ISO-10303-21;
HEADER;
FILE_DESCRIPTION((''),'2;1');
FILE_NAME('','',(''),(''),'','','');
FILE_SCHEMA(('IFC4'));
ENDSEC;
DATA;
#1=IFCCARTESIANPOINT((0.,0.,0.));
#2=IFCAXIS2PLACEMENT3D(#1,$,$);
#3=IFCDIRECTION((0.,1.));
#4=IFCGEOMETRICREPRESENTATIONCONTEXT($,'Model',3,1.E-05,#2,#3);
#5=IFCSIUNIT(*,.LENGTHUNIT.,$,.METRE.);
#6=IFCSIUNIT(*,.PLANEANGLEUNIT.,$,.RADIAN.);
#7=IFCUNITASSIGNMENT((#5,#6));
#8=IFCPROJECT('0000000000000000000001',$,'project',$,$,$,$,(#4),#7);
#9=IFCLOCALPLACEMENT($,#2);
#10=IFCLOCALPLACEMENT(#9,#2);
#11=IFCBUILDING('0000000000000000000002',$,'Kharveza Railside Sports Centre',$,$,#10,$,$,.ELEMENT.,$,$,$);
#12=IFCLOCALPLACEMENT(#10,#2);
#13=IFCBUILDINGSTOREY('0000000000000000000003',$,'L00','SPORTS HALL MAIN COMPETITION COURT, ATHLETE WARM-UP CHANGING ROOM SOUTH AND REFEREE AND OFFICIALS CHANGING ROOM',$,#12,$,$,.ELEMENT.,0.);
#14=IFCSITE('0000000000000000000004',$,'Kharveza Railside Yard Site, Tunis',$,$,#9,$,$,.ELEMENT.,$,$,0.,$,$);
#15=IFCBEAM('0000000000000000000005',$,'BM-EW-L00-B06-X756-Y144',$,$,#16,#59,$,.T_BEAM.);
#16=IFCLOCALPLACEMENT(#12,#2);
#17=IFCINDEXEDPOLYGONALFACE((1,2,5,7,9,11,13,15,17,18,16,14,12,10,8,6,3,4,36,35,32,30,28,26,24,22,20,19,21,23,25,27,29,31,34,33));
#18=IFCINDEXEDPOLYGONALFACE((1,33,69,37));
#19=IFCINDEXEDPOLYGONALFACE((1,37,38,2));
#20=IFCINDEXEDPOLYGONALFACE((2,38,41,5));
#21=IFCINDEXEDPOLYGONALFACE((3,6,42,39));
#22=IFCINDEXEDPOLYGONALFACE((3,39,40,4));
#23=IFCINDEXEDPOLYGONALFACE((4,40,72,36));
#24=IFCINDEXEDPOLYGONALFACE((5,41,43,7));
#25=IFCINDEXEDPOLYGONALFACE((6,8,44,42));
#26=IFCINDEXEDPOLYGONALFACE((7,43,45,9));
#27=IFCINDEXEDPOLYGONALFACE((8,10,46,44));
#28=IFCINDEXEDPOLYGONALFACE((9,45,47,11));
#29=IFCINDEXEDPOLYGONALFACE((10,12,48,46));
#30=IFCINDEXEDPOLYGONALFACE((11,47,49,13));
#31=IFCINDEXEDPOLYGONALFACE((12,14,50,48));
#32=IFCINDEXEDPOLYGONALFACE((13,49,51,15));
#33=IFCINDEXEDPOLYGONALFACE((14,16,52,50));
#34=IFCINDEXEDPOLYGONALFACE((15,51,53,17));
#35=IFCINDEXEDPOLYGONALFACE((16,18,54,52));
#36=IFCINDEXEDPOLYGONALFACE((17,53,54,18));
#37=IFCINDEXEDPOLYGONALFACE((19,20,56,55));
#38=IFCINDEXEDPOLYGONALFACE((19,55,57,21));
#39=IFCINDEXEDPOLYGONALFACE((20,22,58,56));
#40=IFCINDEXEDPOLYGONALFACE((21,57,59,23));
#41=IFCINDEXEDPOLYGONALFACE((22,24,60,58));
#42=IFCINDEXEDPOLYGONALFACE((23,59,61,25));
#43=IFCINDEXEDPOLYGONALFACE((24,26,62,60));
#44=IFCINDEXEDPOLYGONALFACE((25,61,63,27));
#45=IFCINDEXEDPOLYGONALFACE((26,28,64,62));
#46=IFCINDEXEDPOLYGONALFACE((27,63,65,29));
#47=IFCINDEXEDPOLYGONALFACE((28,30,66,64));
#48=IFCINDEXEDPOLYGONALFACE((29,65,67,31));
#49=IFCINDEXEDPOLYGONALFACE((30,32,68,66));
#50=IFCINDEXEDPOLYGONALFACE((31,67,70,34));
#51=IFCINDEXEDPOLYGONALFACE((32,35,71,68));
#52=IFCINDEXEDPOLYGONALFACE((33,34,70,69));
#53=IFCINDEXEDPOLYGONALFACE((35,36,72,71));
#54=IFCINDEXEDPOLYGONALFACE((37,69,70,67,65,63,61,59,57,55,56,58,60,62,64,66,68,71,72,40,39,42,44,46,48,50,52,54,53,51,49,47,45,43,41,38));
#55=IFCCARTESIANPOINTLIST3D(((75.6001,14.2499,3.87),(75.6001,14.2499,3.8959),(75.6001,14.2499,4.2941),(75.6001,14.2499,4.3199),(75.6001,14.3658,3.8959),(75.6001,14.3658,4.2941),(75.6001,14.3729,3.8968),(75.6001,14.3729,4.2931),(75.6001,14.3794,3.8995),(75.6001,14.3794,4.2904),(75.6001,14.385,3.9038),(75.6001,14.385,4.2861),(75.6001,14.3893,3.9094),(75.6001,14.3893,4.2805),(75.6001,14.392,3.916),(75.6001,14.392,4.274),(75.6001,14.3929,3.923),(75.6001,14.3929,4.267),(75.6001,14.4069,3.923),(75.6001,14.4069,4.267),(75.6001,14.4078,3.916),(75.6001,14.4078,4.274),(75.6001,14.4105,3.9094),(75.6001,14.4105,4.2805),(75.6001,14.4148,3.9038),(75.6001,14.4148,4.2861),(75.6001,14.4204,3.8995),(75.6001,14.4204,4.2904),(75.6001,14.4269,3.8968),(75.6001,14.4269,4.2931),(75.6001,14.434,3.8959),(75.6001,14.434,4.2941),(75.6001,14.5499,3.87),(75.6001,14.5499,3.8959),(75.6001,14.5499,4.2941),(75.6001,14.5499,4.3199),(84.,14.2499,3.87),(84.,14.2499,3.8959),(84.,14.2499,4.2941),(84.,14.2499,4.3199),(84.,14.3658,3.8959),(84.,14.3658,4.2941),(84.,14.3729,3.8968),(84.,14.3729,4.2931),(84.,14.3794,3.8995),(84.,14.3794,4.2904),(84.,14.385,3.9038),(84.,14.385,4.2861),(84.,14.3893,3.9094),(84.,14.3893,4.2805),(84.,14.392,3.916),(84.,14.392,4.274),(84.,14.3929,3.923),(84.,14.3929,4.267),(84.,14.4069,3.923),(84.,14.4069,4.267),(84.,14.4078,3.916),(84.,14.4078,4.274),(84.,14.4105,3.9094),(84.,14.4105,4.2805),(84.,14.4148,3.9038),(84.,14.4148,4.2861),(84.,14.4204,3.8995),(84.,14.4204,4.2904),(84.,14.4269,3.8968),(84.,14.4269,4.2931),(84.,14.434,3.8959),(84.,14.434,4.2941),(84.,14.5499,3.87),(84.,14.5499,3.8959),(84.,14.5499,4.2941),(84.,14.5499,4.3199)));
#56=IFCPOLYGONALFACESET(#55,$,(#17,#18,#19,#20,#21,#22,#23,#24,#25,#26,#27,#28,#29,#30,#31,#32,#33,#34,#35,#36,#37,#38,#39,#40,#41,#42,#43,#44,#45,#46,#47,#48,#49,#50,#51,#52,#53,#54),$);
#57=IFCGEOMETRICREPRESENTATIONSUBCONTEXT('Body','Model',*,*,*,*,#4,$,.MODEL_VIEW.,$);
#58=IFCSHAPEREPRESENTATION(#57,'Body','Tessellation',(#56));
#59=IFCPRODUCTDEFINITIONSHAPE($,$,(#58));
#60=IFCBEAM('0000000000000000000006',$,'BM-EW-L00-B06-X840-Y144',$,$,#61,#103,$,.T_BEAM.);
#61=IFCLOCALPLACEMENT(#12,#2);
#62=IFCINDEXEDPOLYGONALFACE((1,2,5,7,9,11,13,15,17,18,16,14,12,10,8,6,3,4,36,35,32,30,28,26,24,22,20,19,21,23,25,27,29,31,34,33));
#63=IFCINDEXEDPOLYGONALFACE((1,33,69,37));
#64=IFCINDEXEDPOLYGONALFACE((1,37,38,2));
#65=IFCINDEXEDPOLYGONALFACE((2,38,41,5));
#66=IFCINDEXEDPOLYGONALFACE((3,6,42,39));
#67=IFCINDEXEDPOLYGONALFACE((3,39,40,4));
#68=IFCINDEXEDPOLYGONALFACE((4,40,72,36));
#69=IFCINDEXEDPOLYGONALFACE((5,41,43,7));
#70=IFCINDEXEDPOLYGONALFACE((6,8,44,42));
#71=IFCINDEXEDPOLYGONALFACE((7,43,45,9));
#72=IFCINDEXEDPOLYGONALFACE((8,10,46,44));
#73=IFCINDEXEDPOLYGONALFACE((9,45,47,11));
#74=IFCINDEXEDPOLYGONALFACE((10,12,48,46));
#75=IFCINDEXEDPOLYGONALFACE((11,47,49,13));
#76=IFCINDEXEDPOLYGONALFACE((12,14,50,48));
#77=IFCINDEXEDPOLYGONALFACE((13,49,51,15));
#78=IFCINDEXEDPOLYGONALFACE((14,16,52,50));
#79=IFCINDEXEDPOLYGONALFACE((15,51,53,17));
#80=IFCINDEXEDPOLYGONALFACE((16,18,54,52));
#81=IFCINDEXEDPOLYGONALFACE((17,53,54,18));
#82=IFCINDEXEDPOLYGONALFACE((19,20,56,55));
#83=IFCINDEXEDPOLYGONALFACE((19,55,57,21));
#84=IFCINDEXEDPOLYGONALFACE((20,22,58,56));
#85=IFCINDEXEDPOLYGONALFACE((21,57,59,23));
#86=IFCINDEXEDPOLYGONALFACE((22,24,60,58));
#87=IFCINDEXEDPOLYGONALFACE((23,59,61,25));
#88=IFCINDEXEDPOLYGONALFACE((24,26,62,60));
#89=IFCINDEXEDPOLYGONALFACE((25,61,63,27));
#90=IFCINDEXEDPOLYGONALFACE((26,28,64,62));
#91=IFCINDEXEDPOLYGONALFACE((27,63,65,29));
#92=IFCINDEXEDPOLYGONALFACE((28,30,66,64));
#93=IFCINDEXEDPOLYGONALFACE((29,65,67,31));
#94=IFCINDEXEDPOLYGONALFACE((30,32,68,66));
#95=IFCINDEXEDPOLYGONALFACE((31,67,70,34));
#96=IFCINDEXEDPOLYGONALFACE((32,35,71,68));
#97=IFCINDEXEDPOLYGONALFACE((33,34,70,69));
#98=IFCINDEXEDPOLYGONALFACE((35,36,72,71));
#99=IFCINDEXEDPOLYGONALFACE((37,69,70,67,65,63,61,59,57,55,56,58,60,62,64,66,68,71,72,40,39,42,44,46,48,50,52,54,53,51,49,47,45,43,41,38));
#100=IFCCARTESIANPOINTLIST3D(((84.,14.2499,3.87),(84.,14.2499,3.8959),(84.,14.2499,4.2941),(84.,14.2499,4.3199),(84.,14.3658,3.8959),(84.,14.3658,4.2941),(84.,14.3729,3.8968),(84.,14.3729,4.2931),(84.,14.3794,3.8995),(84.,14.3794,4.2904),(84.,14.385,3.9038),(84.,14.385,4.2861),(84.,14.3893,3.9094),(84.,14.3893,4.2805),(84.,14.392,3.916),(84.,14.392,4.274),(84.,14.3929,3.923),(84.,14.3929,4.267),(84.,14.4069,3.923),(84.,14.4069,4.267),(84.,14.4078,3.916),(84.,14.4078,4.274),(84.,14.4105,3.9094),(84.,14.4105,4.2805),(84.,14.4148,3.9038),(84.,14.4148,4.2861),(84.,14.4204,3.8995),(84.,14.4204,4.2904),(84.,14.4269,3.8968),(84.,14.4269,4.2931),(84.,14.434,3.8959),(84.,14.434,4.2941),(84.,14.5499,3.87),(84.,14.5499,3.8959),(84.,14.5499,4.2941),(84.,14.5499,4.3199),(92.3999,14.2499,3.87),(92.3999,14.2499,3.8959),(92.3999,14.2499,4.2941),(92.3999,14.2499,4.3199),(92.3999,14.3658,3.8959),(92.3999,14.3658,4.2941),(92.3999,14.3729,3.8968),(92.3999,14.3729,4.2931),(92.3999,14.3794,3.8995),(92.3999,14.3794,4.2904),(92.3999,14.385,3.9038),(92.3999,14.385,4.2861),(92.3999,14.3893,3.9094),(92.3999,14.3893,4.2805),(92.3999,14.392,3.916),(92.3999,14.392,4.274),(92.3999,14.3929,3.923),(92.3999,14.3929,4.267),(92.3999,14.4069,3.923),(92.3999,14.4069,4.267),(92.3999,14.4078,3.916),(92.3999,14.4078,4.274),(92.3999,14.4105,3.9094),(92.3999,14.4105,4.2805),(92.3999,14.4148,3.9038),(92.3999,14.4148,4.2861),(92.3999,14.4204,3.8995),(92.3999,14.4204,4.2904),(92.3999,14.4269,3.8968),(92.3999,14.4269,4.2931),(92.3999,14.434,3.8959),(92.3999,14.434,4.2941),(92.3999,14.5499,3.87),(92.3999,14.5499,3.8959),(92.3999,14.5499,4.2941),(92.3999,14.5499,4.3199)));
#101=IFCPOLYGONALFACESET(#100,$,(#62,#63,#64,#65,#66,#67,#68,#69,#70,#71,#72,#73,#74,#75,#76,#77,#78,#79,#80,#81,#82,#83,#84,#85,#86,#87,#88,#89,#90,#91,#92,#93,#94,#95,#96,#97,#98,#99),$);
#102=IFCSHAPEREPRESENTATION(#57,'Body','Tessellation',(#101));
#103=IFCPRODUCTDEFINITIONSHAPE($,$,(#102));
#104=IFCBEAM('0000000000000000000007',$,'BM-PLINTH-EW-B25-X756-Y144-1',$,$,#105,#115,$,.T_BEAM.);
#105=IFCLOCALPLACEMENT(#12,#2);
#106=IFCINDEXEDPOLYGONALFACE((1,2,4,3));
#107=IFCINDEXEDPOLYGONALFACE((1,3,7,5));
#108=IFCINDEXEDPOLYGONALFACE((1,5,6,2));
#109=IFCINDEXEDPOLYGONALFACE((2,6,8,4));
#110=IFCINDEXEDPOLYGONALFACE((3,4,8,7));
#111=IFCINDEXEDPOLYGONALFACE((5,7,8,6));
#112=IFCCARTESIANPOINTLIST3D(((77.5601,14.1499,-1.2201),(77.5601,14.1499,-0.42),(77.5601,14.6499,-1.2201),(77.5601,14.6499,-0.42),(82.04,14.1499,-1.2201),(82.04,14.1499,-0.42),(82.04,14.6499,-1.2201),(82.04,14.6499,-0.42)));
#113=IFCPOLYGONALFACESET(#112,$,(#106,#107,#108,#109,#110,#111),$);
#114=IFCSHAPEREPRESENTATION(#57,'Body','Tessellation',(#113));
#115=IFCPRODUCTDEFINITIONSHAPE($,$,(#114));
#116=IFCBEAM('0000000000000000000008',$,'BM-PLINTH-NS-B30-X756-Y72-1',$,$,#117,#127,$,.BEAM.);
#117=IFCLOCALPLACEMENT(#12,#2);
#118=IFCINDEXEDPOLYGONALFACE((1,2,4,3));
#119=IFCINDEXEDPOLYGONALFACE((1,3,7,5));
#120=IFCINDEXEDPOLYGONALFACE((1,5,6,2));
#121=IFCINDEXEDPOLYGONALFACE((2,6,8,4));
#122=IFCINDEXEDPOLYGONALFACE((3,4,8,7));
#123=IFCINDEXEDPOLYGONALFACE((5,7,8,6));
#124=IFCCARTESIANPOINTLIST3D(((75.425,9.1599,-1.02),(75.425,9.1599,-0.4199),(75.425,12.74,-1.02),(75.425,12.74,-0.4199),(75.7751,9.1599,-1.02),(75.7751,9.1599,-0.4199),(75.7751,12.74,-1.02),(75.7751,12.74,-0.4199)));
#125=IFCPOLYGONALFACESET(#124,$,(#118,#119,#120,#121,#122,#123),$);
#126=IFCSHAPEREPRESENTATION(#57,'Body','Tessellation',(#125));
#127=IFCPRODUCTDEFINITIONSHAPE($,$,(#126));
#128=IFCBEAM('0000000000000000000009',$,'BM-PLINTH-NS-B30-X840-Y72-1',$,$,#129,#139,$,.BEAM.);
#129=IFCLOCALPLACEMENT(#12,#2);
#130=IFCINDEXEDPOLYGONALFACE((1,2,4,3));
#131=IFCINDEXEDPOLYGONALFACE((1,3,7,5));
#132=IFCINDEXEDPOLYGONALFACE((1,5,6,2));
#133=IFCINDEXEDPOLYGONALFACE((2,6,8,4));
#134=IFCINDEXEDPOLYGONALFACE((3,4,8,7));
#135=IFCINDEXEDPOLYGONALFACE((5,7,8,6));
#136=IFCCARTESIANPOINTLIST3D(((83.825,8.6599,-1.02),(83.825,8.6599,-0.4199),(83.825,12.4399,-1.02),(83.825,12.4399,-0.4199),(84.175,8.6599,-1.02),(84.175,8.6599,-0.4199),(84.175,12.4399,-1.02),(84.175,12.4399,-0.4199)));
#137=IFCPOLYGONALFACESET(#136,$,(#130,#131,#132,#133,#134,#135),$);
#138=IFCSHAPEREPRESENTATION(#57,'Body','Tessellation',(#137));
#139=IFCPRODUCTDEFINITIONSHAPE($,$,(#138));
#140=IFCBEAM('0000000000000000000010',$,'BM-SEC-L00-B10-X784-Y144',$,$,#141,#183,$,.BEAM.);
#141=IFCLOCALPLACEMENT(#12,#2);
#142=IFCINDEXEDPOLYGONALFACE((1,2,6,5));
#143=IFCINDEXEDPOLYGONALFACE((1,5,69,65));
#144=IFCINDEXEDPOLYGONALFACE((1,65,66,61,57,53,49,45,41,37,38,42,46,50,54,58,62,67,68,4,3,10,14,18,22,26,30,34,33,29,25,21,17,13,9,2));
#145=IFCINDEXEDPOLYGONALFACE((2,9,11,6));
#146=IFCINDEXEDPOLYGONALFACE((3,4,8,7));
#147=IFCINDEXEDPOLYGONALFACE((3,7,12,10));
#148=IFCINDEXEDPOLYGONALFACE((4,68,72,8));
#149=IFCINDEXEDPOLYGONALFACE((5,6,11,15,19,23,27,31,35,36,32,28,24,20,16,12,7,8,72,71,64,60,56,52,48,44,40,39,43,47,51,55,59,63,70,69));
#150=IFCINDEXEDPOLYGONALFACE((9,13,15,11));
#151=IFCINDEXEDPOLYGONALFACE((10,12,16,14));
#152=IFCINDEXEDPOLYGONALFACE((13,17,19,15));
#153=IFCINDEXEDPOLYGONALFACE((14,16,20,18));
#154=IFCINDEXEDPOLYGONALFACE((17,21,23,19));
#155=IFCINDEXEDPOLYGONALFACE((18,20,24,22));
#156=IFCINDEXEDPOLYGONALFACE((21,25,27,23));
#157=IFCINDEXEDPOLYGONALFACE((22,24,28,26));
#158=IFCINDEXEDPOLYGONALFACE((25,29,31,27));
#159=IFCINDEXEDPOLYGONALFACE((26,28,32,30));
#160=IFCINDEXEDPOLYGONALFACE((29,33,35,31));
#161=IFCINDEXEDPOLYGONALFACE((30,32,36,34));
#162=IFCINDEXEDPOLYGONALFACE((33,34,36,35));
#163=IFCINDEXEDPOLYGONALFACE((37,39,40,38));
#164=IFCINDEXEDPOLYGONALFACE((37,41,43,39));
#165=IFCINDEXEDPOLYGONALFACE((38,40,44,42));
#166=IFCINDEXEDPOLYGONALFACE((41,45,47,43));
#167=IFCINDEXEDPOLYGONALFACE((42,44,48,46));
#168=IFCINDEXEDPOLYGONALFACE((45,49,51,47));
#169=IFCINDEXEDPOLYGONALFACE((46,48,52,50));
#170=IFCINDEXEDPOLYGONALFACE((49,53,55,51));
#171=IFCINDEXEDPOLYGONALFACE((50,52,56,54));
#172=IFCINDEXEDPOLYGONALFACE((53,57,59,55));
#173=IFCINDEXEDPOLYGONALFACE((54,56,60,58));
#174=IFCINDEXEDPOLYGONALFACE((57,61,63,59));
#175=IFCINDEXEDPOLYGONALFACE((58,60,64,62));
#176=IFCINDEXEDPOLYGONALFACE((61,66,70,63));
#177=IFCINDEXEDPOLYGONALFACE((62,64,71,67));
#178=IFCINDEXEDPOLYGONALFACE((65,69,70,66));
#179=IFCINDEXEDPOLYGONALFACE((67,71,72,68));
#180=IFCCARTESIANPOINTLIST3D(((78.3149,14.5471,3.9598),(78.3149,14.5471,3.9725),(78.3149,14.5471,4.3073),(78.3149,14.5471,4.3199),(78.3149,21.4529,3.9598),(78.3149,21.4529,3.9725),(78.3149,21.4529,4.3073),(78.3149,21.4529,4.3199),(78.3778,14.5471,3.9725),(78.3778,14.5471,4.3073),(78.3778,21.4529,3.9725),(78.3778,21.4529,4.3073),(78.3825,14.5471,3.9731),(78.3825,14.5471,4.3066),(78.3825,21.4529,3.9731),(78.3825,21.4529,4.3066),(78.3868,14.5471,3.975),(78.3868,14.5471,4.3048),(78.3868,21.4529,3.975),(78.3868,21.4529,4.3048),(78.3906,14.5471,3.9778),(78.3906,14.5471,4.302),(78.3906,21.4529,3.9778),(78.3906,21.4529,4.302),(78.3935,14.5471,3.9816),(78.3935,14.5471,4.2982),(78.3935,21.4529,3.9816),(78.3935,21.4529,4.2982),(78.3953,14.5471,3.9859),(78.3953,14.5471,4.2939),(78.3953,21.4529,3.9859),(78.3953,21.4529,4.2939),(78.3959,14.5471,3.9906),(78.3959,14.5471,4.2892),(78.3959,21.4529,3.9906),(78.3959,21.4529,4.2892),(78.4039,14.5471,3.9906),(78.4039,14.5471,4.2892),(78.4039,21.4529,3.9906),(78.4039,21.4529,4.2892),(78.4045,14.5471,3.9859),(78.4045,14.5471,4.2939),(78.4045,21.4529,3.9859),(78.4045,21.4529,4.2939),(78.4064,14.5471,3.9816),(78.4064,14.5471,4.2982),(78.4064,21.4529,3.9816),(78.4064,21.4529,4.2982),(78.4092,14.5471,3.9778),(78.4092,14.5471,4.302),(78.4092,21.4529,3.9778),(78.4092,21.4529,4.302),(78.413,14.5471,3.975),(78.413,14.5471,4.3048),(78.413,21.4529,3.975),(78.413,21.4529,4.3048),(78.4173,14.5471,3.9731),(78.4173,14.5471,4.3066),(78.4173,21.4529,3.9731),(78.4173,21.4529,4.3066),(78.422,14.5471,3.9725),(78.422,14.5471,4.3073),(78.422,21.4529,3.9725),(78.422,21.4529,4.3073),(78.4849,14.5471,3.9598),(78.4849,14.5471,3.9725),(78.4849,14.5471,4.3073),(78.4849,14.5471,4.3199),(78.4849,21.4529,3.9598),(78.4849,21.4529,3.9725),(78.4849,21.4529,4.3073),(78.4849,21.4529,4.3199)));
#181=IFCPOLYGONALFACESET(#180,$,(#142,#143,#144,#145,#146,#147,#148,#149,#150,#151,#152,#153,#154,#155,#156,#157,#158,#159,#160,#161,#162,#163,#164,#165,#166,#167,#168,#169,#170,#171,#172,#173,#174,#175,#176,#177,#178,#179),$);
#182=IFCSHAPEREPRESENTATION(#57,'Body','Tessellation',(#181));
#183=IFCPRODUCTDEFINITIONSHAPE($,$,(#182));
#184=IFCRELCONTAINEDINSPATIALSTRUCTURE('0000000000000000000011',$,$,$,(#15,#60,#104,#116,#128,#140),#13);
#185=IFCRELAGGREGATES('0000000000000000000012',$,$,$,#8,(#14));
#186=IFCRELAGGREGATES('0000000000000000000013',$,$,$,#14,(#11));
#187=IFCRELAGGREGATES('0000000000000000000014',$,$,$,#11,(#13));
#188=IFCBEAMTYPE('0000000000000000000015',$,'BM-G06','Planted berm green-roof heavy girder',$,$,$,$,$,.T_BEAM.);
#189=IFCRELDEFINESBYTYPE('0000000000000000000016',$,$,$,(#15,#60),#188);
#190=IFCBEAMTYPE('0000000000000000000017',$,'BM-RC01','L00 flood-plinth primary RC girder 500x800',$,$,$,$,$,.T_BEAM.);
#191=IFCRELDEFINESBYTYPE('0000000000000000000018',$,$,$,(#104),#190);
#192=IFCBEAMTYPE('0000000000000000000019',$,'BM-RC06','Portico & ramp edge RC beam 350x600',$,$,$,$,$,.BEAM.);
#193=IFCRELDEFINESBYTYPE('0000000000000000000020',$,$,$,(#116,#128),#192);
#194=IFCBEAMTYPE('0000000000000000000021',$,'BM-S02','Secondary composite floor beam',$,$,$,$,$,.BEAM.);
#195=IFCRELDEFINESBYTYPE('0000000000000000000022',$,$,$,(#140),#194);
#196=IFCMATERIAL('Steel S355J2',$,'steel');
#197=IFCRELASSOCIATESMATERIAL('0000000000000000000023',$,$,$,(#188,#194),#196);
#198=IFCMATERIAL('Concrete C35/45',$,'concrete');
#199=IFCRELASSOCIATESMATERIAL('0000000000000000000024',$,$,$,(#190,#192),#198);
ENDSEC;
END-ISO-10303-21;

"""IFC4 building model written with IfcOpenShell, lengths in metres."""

from ifc_helpers import new_model, si_unit, direction, frame, origin, origin_2d, place, context, subcontext, project, spatial, rectangle, i_section, extrude, material, material_profile, profile_set, type_object, element, save


model = new_model("IFC4")

# Units and contexts
model_context = context("Model", 3, precision=1e-05, world=origin(), true_north=direction((0.0, 1.0)))
body_context = subcontext(model_context, "Body", "Model", "MODEL_VIEW")
ifc_project = project(units=[si_unit("LENGTHUNIT", "METRE"), si_unit("PLANEANGLEUNIT", "RADIAN")], contexts=[model_context])

# Site, building, storey
site_placement = place(None, origin())
site = spatial("IfcSite", under=ifc_project, at=site_placement, Name="Kharveza Railside Yard Site, Tunis", CompositionType="ELEMENT", RefElevation=0.0)
building_placement = place(site_placement, origin())
building = spatial("IfcBuilding", under=site, at=building_placement, Name="Kharveza Railside Sports Centre", CompositionType="ELEMENT")
storey_placement = place(building_placement, origin())
storey = spatial("IfcBuildingStorey", under=building, at=storey_placement, Name="L00", Description="SPORTS HALL MAIN COMPETITION COURT, ATHLETE WARM-UP CHANGING ROOM SOUTH AND REFEREE AND OFFICIALS CHANGING ROOM", CompositionType="ELEMENT", Elevation=0.0)

# Shared definitions
ifc_material_1 = material(Name="Concrete C35/45", Category="concrete")

# Shared definitions
ifc_material_2 = material(Name="Steel S355J2", Category="steel")

# Beams
ifc_material_profile_1 = material_profile(ifc_material_2, i_section(OverallWidth=0.3, OverallDepth=0.45, WebThickness=0.0139, FlangeThickness=0.0259, FilletRadius=0.0271, at=origin_2d()), Name="HEB 450")
ifc_profile_set_1 = profile_set([ifc_material_profile_1], Name="Steel S355J2")
beam_type_1 = type_object("IfcBeamType", Name="BM-G06", Description="Planted berm green-roof heavy girder", PredefinedType="T_BEAM", material=ifc_profile_set_1)
for number, where, z_axis, x_axis, name in (
    (1, (75.6001, 14.3999, 4.095), (1.0, 0.0, 0.0), (0.0, 1.0, 0.0), "BM-EW-L00-B06-X756-Y144"),
    (2, (84.0, 14.3999, 4.095), (1.0, 0.0, 0.0), (0.0, 1.0, 0.0), "BM-EW-L00-B06-X840-Y144"),
):
    element("IfcBeam", number, at=place(storey_placement, frame(where, z_axis=z_axis, x_axis=x_axis)), inside=storey, type_object=beam_type_1, Name=name, PredefinedType="T_BEAM", context=body_context, shape_type="SweptSolid", body=[
        extrude(i_section(OverallWidth=0.3, OverallDepth=0.45, WebThickness=0.0139, FlangeThickness=0.0259, FilletRadius=0.0271, at=origin_2d()), origin(), (0.0, 0.0, 1.0), 8.3999),
    ])
ifc_material_profile_2 = material_profile(ifc_material_1, rectangle(XDim=0.5, YDim=0.8, at=origin_2d()), Name="RCB 500x800")
ifc_profile_set_2 = profile_set([ifc_material_profile_2], Name="Concrete C35/45")
beam_type_2 = type_object("IfcBeamType", Name="BM-RC01", Description="L00 flood-plinth primary RC girder 500x800", PredefinedType="T_BEAM", material=ifc_profile_set_2)
beam_1_placement = place(storey_placement, frame((77.5601, 14.3999, -0.8201), z_axis=(1.0, 0.0, 0.0), x_axis=(0.0, 1.0, 0.0)))
element("IfcBeam", 3, at=beam_1_placement, inside=storey, type_object=beam_type_2, Name="BM-PLINTH-EW-B25-X756-Y144-1", PredefinedType="T_BEAM", context=body_context, shape_type="SweptSolid", body=[
    extrude(rectangle(XDim=0.5, YDim=0.8, at=origin_2d()), origin(), (0.0, 0.0, 1.0), 4.48),
])
ifc_material_profile_3 = material_profile(ifc_material_1, rectangle(XDim=0.3501, YDim=0.6001, at=origin_2d()), Name="RCB 350x600")
ifc_profile_set_3 = profile_set([ifc_material_profile_3], Name="Concrete C35/45")
beam_type_3 = type_object("IfcBeamType", Name="BM-RC06", Description="Portico & ramp edge RC beam 350x600", PredefinedType="BEAM", material=ifc_profile_set_3)
beam_2_placement = place(storey_placement, frame((75.6001, 9.1599, -0.72), z_axis=(0.0, 1.0, 0.0), x_axis=(-1.0, 0.0, 0.0)))
element("IfcBeam", 4, at=beam_2_placement, inside=storey, type_object=beam_type_3, Name="BM-PLINTH-NS-B30-X756-Y72-1", PredefinedType="BEAM", context=body_context, shape_type="SweptSolid", body=[
    extrude(rectangle(XDim=0.3501, YDim=0.6001, at=origin_2d()), origin(), (0.0, 0.0, 1.0), 3.5801),
])
beam_3_placement = place(storey_placement, frame((84.0, 8.6599, -0.72), z_axis=(0.0, 1.0, 0.0), x_axis=(-1.0, 0.0, 0.0)))
element("IfcBeam", 5, at=beam_3_placement, inside=storey, type_object=beam_type_3, Name="BM-PLINTH-NS-B30-X840-Y72-1", PredefinedType="BEAM", context=body_context, shape_type="SweptSolid", body=[
    extrude(rectangle(XDim=0.3501, YDim=0.6001, at=origin_2d()), origin(), (0.0, 0.0, 1.0), 3.78),
])
ifc_material_profile_4 = material_profile(ifc_material_2, i_section(OverallWidth=0.1699, OverallDepth=0.3601, WebThickness=0.0081, FlangeThickness=0.0127, FilletRadius=0.0181, at=origin_2d()), Name="IPE 360")
ifc_profile_set_4 = profile_set([ifc_material_profile_4], Name="Steel S355J2")
beam_type_4 = type_object("IfcBeamType", Name="BM-S02", Description="Secondary composite floor beam", PredefinedType="BEAM", material=ifc_profile_set_4)
beam_4_placement = place(storey_placement, frame((78.3999, 14.5471, 4.1399), z_axis=(0.0, 1.0, 0.0), x_axis=(-1.0, 0.0, 0.0)))
element("IfcBeam", 6, at=beam_4_placement, inside=storey, type_object=beam_type_4, Name="BM-SEC-L00-B10-X784-Y144", PredefinedType="BEAM", context=body_context, shape_type="SweptSolid", body=[
    extrude(i_section(OverallWidth=0.1699, OverallDepth=0.3601, WebThickness=0.0081, FlangeThickness=0.0127, FilletRadius=0.0181, at=origin_2d()), origin(), (0.0, 0.0, 1.0), 6.9058),
])

save(model, "model.ifc")
